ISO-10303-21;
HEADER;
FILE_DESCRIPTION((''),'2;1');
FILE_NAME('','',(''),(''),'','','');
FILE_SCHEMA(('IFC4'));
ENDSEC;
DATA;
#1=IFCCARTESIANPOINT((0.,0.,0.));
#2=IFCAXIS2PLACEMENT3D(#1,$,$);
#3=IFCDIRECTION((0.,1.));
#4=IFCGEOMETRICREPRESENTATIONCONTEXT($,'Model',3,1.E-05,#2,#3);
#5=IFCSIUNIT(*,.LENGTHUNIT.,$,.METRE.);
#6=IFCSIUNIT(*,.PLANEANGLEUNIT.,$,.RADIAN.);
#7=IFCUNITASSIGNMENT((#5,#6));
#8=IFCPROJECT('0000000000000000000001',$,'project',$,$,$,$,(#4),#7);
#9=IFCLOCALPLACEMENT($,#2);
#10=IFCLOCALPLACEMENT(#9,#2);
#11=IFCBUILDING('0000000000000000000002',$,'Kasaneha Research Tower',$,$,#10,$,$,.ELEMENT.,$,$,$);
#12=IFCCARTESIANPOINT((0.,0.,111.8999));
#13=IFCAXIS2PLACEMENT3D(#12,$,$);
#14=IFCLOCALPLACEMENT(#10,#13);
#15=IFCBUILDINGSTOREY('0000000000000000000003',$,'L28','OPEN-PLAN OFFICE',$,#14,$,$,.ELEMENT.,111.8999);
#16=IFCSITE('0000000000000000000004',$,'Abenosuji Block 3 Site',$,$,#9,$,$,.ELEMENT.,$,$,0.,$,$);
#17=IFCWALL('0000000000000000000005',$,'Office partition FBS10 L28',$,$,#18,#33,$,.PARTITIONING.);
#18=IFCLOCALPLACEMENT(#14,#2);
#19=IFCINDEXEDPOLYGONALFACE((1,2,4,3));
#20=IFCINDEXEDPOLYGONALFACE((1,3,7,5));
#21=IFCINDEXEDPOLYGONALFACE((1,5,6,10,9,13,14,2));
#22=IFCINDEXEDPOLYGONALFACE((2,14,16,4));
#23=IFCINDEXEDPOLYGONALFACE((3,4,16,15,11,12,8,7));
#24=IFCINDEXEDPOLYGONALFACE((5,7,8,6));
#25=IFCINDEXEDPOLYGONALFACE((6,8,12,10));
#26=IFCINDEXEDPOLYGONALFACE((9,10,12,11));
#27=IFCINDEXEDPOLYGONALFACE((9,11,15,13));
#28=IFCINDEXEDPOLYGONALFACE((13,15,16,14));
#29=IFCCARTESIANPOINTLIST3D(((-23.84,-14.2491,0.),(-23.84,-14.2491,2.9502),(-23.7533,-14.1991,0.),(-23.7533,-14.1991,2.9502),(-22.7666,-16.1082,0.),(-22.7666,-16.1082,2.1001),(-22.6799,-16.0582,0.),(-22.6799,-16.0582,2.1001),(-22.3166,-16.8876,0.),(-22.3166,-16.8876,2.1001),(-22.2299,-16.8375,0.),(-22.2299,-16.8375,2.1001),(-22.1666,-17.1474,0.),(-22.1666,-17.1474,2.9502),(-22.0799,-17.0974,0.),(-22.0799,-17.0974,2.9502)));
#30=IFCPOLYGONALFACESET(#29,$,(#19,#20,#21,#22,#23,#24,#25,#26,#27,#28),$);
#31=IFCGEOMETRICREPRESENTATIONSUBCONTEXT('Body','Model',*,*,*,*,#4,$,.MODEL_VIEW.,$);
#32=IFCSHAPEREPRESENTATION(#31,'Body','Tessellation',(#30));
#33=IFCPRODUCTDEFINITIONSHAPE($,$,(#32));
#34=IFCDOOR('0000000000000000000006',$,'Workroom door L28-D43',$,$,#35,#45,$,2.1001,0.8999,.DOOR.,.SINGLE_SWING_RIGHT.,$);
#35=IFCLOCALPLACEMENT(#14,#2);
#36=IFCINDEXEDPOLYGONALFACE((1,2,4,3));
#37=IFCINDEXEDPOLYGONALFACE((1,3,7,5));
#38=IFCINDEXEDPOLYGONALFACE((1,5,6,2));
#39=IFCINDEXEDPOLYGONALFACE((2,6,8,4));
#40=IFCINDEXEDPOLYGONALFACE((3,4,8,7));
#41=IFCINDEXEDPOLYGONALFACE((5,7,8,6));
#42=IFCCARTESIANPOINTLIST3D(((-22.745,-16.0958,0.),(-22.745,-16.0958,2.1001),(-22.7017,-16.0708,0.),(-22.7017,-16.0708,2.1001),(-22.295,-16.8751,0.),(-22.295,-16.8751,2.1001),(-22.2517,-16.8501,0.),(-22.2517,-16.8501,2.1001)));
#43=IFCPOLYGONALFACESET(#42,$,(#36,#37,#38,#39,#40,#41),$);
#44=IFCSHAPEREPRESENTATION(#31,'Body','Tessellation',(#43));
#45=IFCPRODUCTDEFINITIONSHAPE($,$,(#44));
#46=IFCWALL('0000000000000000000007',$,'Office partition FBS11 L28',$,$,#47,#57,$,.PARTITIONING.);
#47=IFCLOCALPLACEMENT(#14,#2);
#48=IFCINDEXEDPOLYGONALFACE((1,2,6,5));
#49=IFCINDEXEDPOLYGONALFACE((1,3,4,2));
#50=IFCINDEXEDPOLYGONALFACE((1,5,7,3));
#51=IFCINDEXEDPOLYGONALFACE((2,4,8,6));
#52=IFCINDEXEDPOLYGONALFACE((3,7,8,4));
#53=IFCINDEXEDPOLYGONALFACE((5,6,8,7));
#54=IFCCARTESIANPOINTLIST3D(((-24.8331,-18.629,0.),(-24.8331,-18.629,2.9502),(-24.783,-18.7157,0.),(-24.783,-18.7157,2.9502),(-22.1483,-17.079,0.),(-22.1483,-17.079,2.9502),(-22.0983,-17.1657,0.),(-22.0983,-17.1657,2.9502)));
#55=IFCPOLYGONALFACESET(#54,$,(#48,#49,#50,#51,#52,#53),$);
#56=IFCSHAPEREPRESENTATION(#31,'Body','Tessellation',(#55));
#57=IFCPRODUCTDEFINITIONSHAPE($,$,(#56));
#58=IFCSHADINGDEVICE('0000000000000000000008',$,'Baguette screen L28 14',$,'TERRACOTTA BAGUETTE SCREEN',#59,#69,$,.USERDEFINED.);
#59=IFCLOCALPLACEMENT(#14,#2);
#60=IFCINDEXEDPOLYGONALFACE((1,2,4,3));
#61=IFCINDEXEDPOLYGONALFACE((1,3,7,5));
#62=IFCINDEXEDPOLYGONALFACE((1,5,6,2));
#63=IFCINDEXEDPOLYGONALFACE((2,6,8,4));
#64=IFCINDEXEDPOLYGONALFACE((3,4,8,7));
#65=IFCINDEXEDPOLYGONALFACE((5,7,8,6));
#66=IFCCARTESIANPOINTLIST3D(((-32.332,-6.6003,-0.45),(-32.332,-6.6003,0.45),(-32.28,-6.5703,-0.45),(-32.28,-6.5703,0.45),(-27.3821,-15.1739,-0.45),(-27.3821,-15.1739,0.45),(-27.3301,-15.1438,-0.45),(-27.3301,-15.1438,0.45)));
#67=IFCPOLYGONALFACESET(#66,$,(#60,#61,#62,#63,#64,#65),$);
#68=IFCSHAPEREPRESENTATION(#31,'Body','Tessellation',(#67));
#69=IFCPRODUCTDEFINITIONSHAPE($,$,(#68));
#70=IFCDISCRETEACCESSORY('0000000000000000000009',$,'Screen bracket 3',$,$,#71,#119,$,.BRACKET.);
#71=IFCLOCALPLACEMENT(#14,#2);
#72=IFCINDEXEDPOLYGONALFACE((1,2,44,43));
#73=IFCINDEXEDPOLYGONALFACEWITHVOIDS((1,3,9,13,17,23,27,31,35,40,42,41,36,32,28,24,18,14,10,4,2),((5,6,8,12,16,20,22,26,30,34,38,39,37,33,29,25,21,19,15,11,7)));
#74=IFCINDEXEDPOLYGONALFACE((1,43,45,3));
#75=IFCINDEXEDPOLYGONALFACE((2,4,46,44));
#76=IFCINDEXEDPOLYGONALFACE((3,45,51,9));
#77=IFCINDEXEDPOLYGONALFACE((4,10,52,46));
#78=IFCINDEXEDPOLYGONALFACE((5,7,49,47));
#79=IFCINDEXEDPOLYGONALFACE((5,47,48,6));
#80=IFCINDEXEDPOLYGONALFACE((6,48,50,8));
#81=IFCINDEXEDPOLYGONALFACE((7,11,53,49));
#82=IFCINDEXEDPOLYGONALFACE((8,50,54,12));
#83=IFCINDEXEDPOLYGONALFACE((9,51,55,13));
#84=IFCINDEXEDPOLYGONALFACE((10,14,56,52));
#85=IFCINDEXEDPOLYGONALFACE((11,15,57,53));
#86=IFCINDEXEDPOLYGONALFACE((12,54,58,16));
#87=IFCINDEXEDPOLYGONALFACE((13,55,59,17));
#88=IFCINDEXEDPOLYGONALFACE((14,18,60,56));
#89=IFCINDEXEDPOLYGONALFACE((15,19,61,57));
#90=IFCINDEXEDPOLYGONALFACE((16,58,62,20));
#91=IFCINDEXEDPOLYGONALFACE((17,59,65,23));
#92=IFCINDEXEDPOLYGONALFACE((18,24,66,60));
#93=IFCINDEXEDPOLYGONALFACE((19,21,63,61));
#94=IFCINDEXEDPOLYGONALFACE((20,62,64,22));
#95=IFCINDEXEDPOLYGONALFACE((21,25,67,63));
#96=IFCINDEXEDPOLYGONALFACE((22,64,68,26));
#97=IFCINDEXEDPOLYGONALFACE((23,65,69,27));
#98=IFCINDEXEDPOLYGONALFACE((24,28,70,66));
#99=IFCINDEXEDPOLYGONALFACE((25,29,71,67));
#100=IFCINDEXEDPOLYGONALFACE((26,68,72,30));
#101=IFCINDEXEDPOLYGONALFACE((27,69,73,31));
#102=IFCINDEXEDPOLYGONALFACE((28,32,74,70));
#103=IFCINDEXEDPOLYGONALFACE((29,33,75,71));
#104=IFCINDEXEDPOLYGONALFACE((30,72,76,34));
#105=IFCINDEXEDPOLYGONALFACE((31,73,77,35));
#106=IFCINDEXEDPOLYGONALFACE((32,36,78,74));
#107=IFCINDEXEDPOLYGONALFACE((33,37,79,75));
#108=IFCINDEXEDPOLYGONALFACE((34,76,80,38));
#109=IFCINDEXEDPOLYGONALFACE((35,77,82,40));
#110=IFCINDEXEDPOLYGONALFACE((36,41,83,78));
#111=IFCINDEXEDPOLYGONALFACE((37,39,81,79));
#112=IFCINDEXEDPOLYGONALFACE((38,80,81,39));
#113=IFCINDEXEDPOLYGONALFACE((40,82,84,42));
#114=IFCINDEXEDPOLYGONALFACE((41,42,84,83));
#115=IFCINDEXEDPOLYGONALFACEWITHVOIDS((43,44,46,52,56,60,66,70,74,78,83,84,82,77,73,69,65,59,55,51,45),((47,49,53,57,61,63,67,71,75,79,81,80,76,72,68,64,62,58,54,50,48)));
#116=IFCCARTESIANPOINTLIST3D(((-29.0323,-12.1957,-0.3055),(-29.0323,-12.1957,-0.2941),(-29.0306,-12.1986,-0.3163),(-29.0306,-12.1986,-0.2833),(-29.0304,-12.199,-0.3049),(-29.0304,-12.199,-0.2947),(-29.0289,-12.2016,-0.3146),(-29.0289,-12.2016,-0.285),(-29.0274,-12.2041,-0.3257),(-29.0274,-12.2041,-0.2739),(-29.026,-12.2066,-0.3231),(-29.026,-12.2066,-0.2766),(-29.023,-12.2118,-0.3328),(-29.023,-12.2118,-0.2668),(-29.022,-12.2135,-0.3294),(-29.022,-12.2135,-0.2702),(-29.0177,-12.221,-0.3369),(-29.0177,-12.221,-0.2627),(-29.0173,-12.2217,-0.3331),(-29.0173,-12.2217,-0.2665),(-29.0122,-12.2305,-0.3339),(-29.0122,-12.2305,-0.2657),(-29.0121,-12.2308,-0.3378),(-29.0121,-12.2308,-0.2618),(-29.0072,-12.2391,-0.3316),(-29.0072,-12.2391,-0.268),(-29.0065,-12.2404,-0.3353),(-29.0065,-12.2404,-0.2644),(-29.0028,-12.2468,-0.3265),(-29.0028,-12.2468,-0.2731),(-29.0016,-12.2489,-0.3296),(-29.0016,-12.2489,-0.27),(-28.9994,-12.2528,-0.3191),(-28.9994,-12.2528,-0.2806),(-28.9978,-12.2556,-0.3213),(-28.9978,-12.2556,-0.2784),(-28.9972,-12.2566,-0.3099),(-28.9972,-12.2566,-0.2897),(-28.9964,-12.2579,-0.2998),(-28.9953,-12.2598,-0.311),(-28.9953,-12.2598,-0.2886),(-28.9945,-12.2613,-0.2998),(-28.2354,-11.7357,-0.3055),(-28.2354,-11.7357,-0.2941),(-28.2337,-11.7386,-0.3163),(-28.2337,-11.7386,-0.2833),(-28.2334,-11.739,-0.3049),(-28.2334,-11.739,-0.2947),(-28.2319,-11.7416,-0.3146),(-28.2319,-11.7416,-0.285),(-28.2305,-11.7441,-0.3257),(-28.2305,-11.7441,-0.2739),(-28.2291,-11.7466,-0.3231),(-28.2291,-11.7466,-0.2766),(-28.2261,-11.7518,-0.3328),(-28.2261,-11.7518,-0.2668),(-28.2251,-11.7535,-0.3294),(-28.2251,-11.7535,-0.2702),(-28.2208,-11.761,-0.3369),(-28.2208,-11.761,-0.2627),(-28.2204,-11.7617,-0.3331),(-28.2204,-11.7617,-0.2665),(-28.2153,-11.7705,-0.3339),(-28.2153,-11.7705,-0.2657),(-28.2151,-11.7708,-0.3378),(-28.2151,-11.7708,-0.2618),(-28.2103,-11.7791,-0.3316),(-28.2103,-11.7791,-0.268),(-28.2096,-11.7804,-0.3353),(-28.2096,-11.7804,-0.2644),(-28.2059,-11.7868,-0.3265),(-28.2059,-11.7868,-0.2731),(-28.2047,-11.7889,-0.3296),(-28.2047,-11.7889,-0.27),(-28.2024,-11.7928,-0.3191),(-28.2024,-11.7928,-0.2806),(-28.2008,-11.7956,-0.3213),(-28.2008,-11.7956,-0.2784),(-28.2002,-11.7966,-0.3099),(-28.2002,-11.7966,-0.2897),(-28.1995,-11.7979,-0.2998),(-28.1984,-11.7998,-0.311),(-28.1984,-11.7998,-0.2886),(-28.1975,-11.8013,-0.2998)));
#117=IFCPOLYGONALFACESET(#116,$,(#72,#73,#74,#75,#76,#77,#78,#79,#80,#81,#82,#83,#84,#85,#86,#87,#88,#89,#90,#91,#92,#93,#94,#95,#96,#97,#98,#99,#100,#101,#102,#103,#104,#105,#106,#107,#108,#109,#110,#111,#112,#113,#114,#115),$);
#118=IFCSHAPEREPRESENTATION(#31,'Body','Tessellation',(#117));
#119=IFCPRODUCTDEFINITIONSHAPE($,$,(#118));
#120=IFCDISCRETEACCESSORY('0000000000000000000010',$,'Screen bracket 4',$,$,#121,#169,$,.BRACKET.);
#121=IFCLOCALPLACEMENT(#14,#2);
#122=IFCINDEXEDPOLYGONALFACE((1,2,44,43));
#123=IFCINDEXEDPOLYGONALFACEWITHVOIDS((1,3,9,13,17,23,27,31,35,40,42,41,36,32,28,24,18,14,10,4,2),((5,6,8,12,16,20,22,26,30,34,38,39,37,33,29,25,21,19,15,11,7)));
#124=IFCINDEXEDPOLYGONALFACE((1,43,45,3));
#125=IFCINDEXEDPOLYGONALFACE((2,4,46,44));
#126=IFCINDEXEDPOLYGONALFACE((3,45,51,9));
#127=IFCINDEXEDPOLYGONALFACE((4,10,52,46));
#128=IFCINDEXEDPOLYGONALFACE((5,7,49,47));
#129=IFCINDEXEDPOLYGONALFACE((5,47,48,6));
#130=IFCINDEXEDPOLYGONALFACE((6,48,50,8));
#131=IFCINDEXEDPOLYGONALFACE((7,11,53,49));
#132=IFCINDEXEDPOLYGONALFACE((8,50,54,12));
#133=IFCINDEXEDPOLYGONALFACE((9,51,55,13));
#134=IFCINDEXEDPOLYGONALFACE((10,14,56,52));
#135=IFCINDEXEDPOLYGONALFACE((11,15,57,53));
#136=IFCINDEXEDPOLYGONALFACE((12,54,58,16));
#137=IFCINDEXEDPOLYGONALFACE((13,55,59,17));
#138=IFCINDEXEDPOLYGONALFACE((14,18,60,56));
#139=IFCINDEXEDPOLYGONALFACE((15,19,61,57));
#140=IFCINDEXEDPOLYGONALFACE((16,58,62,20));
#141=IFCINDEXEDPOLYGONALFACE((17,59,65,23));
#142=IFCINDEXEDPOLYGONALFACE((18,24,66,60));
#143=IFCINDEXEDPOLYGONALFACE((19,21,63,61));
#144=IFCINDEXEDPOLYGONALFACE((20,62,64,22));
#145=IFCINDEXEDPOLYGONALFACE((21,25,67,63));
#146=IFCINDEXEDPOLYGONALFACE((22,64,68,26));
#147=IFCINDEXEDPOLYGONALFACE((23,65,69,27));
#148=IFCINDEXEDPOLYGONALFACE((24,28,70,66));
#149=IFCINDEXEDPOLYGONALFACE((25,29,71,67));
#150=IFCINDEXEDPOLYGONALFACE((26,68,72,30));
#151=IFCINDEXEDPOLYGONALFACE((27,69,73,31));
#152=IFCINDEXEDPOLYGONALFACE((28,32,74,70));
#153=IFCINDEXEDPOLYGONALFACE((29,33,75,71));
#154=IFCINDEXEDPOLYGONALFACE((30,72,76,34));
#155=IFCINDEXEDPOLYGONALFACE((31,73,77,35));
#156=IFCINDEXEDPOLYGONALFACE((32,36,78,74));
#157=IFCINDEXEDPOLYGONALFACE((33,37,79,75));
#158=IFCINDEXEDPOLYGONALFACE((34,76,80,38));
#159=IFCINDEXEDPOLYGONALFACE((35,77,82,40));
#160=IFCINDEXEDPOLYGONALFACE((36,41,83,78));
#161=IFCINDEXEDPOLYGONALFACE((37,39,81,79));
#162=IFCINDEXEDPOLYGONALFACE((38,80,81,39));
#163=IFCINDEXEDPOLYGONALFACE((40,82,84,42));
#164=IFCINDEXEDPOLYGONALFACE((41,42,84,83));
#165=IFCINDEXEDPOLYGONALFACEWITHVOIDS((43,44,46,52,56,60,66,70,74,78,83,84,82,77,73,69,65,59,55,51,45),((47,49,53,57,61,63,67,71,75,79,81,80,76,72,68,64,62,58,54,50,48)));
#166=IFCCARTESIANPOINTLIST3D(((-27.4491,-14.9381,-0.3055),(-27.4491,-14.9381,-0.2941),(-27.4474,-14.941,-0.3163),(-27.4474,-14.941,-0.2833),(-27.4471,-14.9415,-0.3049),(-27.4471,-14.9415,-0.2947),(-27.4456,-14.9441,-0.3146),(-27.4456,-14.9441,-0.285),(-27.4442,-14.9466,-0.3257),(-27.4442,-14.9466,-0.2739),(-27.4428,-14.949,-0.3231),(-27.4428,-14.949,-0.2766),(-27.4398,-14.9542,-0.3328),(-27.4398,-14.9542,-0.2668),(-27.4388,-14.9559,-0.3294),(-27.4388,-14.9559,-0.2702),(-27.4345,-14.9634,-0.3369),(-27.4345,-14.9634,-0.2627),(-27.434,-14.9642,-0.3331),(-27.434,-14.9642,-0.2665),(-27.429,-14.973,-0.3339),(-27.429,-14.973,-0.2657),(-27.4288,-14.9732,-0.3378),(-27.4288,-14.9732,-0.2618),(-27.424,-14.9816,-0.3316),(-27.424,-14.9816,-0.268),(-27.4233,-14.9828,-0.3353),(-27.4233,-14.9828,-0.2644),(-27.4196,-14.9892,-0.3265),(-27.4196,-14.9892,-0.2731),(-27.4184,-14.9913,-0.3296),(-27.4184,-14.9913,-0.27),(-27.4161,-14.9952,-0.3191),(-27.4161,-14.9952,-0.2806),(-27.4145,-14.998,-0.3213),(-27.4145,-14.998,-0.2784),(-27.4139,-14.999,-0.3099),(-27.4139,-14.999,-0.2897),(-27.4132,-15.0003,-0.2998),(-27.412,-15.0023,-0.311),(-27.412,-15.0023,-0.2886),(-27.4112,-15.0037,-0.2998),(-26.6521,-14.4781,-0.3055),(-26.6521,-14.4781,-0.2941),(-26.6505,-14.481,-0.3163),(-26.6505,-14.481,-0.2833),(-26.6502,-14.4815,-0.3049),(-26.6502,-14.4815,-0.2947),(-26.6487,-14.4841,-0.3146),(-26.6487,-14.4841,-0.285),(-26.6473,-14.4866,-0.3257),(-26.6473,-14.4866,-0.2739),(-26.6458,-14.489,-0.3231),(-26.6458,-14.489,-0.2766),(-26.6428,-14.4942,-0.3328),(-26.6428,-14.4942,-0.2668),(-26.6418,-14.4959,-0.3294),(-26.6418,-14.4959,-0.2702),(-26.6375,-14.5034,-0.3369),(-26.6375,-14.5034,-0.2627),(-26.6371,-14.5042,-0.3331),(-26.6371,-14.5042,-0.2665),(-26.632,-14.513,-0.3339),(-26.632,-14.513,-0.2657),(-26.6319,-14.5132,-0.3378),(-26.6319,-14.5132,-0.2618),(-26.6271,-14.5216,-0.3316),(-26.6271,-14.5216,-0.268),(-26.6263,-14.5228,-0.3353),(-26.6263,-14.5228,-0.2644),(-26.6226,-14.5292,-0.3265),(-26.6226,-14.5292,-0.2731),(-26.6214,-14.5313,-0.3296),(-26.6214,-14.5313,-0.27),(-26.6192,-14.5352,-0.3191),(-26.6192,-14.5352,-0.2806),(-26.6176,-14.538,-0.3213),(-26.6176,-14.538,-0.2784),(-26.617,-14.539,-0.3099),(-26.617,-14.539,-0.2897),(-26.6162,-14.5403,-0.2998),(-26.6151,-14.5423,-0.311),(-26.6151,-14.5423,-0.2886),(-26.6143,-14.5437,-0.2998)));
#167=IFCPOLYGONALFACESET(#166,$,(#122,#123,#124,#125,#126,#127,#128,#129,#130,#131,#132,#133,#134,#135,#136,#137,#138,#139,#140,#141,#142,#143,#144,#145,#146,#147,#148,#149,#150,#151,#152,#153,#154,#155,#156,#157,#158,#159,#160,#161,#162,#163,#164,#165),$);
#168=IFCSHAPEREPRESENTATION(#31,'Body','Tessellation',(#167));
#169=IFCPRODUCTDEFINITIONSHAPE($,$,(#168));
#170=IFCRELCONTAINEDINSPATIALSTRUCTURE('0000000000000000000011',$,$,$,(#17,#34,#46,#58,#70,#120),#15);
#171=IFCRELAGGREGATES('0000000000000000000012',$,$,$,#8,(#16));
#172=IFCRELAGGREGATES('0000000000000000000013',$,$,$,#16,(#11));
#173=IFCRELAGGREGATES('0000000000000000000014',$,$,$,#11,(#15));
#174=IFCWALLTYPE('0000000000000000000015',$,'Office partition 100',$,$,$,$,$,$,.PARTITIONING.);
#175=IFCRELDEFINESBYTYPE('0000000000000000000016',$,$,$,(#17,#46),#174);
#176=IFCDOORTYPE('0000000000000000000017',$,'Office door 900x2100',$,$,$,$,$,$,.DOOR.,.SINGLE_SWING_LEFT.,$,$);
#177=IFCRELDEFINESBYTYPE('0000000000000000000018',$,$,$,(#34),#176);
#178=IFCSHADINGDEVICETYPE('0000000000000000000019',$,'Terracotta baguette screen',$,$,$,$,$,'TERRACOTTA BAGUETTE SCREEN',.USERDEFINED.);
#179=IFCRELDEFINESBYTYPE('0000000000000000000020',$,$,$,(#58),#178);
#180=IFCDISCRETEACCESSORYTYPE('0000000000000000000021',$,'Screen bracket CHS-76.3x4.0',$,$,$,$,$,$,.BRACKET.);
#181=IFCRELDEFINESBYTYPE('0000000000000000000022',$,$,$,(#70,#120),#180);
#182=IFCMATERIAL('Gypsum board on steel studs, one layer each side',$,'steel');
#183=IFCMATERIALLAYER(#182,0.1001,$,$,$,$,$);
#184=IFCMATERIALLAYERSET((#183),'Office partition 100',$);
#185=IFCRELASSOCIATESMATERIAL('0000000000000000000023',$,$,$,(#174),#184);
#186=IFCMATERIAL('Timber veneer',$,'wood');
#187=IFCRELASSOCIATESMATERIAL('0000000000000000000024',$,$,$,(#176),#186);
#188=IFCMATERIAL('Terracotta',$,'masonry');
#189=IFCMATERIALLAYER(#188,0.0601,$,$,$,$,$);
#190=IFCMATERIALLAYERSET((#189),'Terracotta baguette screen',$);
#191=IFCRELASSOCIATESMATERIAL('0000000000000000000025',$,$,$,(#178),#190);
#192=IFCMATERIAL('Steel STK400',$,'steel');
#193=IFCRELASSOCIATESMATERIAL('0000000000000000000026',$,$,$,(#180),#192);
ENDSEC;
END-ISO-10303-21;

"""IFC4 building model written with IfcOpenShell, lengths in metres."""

from ifc_helpers import new_model, si_unit, direction, frame, frame_2d, origin, origin_2d, place, context, subcontext, project, spatial, rectangle, hollow_circle, extrude, material, layer, layer_set, material_profile, profile_set, type_object, element, fill, save


model = new_model("IFC4")

# Units and contexts
model_context = context("Model", 3, precision=1e-05, world=origin(), true_north=direction((0.0, 1.0)))
body_context = subcontext(model_context, "Body", "Model", "MODEL_VIEW")
ifc_project = project(units=[si_unit("LENGTHUNIT", "METRE"), si_unit("PLANEANGLEUNIT", "RADIAN")], contexts=[model_context])

# Site, building, storey
site_placement = place(None, origin())
site = spatial("IfcSite", under=ifc_project, at=site_placement, Name="Abenosuji Block 3 Site", CompositionType="ELEMENT", RefElevation=0.0)
building_placement = place(site_placement, origin())
building = spatial("IfcBuilding", under=site, at=building_placement, Name="Kasaneha Research Tower", CompositionType="ELEMENT")
storey_placement = place(building_placement, frame((0.0, 0.0, 111.8999)))
storey = spatial("IfcBuildingStorey", under=building, at=storey_placement, Name="L28", Description="OPEN-PLAN OFFICE", CompositionType="ELEMENT", Elevation=111.8999)

# Shared definitions
ifc_material_1 = material(Name="Gypsum board on steel studs, one layer each side", Category="steel")
ifc_layer_1 = layer(ifc_material_1, 0.1001)
ifc_layer_set_1 = layer_set([ifc_layer_1], Name="Office partition 100")
wall_type = type_object("IfcWallType", Name="Office partition 100", PredefinedType="PARTITIONING", material=ifc_layer_set_1)

# Wall, opening, door
ifc_material_2 = material(Name="Timber veneer", Category="wood")
door_type = type_object("IfcDoorType", Name="Office door 900x2100", OperationType="SINGLE_SWING_LEFT", PredefinedType="DOOR", material=ifc_material_2)
wall_1_placement = place(storey_placement, frame((-23.7966, -14.2241, 0.0), z_axis=(0.0, 0.0, 1.0), x_axis=(0.500015, -0.866017, 0.0)))
wall_1 = element("IfcWall", 1, at=wall_1_placement, inside=storey, type_object=wall_type, Name="Office partition FBS10 L28", PredefinedType="PARTITIONING", context=body_context, shape_type="SweptSolid", body=[
    extrude(rectangle(XDim=3.3467, YDim=0.1001, at=frame_2d((1.6733, 0.0))), origin(), (0.0, 0.0, 1.0), 2.9502),
])
opening_1_placement = place(wall_1_placement, frame((2.1467, 0.0, 0.0)))
opening_1 = element("IfcOpeningElement", 2, at=opening_1_placement, cuts=wall_1, PredefinedType="OPENING", context=body_context, shape_type="SweptSolid", body=[
    extrude(rectangle(XDim=0.8999, YDim=2.1001, at=frame_2d((0.45, 1.05))), frame((0.0, 0.0601, 0.0), z_axis=(0.0, -1.0, 0.0), x_axis=(1.0, 0.0, 0.0)), (0.0, 0.0, 1.0), 0.1201),
])
door_1_placement = place(opening_1_placement, origin())
door_1 = element("IfcDoor", 3, at=door_1_placement, inside=storey, type_object=door_type, Name="Workroom door L28-D43", OperationType="SINGLE_SWING_RIGHT", OverallHeight=2.1001, OverallWidth=0.8999, PredefinedType="DOOR", context=body_context, shape_type="SweptSolid", body=[
    extrude(rectangle(XDim=0.8999, YDim=2.1001, at=frame_2d((0.45, 1.05))), frame((0.0, 0.0249, 0.0), z_axis=(0.0, -1.0, 0.0), x_axis=(1.0, 0.0, 0.0)), (0.0, 0.0, 1.0), 0.05),
])
fill(opening_1, door_1)

# Wall
wall_2_placement = place(storey_placement, frame((-22.1233, -17.1223, 0.0), z_axis=(0.0, 0.0, 1.0), x_axis=(-0.86603, -0.499993, 0.0)))
element("IfcWall", 4, at=wall_2_placement, inside=storey, type_object=wall_type, Name="Office partition FBS11 L28", PredefinedType="PARTITIONING", context=body_context, shape_type="SweptSolid", body=[
    extrude(rectangle(XDim=3.1001, YDim=0.1001, at=frame_2d((1.55, 0.0))), origin(), (0.0, 0.0, 1.0), 2.9502),
])

# Shading device
ifc_material_3 = material(Name="Terracotta", Category="masonry")
ifc_layer_2 = layer(ifc_material_3, 0.0601)
ifc_layer_set_2 = layer_set([ifc_layer_2], Name="Terracotta baguette screen")
shading_device_type = type_object("IfcShadingDeviceType", Name="Terracotta baguette screen", ElementType="TERRACOTTA BAGUETTE SCREEN", PredefinedType="USERDEFINED", material=ifc_layer_set_2)
shading_device_placement = place(storey_placement, frame((-29.8311, -10.8721, -0.45), z_axis=(0.0, 0.0, 1.0), x_axis=(0.5, -0.866025, 0.0)))
element("IfcShadingDevice", 5, at=shading_device_placement, inside=storey, type_object=shading_device_type, Name="Baguette screen L28 14", ObjectType="TERRACOTTA BAGUETTE SCREEN", PredefinedType="USERDEFINED", context=body_context, shape_type="SweptSolid", body=[
    extrude(rectangle(XDim=9.8999, YDim=0.0601, at=origin_2d()), origin(), (0.0, 0.0, 1.0), 0.8999),
])

# Discrete accessories
ifc_material_4 = material(Name="Steel STK400", Category="steel")
ifc_material_profile_1 = material_profile(ifc_material_4, hollow_circle(Radius=0.0381, WallThickness=0.0039, at=origin_2d()), Name="CHS-76.3x4.0")
ifc_profile_set_1 = profile_set([ifc_material_profile_1], Name="Steel STK400")
discrete_accessory_type = type_object("IfcDiscreteAccessoryType", Name="Screen bracket CHS-76.3x4.0", PredefinedType="BRACKET", material=ifc_profile_set_1)
for number, where, z_axis, x_axis, name in (
    (6, (-28.2166, -11.7683, -0.2998), (-0.86608, -0.499906, 0.0), (0.499906, -0.86608, 0.0), "Screen bracket 3"),
    (7, (-26.6333, -14.5107, -0.2998), (-0.86608, -0.499906, 0.0), (0.499906, -0.86608, 0.0), "Screen bracket 4"),
):
    element("IfcDiscreteAccessory", number, at=place(storey_placement, frame(where, z_axis=z_axis, x_axis=x_axis)), inside=storey, type_object=discrete_accessory_type, Name=name, PredefinedType="BRACKET", context=body_context, shape_type="SweptSolid", body=[
        extrude(hollow_circle(Radius=0.0381, WallThickness=0.0039, at=origin_2d()), origin(), (0.0, 0.0, 1.0), 0.9202),
    ])

save(model, "model.ifc")
